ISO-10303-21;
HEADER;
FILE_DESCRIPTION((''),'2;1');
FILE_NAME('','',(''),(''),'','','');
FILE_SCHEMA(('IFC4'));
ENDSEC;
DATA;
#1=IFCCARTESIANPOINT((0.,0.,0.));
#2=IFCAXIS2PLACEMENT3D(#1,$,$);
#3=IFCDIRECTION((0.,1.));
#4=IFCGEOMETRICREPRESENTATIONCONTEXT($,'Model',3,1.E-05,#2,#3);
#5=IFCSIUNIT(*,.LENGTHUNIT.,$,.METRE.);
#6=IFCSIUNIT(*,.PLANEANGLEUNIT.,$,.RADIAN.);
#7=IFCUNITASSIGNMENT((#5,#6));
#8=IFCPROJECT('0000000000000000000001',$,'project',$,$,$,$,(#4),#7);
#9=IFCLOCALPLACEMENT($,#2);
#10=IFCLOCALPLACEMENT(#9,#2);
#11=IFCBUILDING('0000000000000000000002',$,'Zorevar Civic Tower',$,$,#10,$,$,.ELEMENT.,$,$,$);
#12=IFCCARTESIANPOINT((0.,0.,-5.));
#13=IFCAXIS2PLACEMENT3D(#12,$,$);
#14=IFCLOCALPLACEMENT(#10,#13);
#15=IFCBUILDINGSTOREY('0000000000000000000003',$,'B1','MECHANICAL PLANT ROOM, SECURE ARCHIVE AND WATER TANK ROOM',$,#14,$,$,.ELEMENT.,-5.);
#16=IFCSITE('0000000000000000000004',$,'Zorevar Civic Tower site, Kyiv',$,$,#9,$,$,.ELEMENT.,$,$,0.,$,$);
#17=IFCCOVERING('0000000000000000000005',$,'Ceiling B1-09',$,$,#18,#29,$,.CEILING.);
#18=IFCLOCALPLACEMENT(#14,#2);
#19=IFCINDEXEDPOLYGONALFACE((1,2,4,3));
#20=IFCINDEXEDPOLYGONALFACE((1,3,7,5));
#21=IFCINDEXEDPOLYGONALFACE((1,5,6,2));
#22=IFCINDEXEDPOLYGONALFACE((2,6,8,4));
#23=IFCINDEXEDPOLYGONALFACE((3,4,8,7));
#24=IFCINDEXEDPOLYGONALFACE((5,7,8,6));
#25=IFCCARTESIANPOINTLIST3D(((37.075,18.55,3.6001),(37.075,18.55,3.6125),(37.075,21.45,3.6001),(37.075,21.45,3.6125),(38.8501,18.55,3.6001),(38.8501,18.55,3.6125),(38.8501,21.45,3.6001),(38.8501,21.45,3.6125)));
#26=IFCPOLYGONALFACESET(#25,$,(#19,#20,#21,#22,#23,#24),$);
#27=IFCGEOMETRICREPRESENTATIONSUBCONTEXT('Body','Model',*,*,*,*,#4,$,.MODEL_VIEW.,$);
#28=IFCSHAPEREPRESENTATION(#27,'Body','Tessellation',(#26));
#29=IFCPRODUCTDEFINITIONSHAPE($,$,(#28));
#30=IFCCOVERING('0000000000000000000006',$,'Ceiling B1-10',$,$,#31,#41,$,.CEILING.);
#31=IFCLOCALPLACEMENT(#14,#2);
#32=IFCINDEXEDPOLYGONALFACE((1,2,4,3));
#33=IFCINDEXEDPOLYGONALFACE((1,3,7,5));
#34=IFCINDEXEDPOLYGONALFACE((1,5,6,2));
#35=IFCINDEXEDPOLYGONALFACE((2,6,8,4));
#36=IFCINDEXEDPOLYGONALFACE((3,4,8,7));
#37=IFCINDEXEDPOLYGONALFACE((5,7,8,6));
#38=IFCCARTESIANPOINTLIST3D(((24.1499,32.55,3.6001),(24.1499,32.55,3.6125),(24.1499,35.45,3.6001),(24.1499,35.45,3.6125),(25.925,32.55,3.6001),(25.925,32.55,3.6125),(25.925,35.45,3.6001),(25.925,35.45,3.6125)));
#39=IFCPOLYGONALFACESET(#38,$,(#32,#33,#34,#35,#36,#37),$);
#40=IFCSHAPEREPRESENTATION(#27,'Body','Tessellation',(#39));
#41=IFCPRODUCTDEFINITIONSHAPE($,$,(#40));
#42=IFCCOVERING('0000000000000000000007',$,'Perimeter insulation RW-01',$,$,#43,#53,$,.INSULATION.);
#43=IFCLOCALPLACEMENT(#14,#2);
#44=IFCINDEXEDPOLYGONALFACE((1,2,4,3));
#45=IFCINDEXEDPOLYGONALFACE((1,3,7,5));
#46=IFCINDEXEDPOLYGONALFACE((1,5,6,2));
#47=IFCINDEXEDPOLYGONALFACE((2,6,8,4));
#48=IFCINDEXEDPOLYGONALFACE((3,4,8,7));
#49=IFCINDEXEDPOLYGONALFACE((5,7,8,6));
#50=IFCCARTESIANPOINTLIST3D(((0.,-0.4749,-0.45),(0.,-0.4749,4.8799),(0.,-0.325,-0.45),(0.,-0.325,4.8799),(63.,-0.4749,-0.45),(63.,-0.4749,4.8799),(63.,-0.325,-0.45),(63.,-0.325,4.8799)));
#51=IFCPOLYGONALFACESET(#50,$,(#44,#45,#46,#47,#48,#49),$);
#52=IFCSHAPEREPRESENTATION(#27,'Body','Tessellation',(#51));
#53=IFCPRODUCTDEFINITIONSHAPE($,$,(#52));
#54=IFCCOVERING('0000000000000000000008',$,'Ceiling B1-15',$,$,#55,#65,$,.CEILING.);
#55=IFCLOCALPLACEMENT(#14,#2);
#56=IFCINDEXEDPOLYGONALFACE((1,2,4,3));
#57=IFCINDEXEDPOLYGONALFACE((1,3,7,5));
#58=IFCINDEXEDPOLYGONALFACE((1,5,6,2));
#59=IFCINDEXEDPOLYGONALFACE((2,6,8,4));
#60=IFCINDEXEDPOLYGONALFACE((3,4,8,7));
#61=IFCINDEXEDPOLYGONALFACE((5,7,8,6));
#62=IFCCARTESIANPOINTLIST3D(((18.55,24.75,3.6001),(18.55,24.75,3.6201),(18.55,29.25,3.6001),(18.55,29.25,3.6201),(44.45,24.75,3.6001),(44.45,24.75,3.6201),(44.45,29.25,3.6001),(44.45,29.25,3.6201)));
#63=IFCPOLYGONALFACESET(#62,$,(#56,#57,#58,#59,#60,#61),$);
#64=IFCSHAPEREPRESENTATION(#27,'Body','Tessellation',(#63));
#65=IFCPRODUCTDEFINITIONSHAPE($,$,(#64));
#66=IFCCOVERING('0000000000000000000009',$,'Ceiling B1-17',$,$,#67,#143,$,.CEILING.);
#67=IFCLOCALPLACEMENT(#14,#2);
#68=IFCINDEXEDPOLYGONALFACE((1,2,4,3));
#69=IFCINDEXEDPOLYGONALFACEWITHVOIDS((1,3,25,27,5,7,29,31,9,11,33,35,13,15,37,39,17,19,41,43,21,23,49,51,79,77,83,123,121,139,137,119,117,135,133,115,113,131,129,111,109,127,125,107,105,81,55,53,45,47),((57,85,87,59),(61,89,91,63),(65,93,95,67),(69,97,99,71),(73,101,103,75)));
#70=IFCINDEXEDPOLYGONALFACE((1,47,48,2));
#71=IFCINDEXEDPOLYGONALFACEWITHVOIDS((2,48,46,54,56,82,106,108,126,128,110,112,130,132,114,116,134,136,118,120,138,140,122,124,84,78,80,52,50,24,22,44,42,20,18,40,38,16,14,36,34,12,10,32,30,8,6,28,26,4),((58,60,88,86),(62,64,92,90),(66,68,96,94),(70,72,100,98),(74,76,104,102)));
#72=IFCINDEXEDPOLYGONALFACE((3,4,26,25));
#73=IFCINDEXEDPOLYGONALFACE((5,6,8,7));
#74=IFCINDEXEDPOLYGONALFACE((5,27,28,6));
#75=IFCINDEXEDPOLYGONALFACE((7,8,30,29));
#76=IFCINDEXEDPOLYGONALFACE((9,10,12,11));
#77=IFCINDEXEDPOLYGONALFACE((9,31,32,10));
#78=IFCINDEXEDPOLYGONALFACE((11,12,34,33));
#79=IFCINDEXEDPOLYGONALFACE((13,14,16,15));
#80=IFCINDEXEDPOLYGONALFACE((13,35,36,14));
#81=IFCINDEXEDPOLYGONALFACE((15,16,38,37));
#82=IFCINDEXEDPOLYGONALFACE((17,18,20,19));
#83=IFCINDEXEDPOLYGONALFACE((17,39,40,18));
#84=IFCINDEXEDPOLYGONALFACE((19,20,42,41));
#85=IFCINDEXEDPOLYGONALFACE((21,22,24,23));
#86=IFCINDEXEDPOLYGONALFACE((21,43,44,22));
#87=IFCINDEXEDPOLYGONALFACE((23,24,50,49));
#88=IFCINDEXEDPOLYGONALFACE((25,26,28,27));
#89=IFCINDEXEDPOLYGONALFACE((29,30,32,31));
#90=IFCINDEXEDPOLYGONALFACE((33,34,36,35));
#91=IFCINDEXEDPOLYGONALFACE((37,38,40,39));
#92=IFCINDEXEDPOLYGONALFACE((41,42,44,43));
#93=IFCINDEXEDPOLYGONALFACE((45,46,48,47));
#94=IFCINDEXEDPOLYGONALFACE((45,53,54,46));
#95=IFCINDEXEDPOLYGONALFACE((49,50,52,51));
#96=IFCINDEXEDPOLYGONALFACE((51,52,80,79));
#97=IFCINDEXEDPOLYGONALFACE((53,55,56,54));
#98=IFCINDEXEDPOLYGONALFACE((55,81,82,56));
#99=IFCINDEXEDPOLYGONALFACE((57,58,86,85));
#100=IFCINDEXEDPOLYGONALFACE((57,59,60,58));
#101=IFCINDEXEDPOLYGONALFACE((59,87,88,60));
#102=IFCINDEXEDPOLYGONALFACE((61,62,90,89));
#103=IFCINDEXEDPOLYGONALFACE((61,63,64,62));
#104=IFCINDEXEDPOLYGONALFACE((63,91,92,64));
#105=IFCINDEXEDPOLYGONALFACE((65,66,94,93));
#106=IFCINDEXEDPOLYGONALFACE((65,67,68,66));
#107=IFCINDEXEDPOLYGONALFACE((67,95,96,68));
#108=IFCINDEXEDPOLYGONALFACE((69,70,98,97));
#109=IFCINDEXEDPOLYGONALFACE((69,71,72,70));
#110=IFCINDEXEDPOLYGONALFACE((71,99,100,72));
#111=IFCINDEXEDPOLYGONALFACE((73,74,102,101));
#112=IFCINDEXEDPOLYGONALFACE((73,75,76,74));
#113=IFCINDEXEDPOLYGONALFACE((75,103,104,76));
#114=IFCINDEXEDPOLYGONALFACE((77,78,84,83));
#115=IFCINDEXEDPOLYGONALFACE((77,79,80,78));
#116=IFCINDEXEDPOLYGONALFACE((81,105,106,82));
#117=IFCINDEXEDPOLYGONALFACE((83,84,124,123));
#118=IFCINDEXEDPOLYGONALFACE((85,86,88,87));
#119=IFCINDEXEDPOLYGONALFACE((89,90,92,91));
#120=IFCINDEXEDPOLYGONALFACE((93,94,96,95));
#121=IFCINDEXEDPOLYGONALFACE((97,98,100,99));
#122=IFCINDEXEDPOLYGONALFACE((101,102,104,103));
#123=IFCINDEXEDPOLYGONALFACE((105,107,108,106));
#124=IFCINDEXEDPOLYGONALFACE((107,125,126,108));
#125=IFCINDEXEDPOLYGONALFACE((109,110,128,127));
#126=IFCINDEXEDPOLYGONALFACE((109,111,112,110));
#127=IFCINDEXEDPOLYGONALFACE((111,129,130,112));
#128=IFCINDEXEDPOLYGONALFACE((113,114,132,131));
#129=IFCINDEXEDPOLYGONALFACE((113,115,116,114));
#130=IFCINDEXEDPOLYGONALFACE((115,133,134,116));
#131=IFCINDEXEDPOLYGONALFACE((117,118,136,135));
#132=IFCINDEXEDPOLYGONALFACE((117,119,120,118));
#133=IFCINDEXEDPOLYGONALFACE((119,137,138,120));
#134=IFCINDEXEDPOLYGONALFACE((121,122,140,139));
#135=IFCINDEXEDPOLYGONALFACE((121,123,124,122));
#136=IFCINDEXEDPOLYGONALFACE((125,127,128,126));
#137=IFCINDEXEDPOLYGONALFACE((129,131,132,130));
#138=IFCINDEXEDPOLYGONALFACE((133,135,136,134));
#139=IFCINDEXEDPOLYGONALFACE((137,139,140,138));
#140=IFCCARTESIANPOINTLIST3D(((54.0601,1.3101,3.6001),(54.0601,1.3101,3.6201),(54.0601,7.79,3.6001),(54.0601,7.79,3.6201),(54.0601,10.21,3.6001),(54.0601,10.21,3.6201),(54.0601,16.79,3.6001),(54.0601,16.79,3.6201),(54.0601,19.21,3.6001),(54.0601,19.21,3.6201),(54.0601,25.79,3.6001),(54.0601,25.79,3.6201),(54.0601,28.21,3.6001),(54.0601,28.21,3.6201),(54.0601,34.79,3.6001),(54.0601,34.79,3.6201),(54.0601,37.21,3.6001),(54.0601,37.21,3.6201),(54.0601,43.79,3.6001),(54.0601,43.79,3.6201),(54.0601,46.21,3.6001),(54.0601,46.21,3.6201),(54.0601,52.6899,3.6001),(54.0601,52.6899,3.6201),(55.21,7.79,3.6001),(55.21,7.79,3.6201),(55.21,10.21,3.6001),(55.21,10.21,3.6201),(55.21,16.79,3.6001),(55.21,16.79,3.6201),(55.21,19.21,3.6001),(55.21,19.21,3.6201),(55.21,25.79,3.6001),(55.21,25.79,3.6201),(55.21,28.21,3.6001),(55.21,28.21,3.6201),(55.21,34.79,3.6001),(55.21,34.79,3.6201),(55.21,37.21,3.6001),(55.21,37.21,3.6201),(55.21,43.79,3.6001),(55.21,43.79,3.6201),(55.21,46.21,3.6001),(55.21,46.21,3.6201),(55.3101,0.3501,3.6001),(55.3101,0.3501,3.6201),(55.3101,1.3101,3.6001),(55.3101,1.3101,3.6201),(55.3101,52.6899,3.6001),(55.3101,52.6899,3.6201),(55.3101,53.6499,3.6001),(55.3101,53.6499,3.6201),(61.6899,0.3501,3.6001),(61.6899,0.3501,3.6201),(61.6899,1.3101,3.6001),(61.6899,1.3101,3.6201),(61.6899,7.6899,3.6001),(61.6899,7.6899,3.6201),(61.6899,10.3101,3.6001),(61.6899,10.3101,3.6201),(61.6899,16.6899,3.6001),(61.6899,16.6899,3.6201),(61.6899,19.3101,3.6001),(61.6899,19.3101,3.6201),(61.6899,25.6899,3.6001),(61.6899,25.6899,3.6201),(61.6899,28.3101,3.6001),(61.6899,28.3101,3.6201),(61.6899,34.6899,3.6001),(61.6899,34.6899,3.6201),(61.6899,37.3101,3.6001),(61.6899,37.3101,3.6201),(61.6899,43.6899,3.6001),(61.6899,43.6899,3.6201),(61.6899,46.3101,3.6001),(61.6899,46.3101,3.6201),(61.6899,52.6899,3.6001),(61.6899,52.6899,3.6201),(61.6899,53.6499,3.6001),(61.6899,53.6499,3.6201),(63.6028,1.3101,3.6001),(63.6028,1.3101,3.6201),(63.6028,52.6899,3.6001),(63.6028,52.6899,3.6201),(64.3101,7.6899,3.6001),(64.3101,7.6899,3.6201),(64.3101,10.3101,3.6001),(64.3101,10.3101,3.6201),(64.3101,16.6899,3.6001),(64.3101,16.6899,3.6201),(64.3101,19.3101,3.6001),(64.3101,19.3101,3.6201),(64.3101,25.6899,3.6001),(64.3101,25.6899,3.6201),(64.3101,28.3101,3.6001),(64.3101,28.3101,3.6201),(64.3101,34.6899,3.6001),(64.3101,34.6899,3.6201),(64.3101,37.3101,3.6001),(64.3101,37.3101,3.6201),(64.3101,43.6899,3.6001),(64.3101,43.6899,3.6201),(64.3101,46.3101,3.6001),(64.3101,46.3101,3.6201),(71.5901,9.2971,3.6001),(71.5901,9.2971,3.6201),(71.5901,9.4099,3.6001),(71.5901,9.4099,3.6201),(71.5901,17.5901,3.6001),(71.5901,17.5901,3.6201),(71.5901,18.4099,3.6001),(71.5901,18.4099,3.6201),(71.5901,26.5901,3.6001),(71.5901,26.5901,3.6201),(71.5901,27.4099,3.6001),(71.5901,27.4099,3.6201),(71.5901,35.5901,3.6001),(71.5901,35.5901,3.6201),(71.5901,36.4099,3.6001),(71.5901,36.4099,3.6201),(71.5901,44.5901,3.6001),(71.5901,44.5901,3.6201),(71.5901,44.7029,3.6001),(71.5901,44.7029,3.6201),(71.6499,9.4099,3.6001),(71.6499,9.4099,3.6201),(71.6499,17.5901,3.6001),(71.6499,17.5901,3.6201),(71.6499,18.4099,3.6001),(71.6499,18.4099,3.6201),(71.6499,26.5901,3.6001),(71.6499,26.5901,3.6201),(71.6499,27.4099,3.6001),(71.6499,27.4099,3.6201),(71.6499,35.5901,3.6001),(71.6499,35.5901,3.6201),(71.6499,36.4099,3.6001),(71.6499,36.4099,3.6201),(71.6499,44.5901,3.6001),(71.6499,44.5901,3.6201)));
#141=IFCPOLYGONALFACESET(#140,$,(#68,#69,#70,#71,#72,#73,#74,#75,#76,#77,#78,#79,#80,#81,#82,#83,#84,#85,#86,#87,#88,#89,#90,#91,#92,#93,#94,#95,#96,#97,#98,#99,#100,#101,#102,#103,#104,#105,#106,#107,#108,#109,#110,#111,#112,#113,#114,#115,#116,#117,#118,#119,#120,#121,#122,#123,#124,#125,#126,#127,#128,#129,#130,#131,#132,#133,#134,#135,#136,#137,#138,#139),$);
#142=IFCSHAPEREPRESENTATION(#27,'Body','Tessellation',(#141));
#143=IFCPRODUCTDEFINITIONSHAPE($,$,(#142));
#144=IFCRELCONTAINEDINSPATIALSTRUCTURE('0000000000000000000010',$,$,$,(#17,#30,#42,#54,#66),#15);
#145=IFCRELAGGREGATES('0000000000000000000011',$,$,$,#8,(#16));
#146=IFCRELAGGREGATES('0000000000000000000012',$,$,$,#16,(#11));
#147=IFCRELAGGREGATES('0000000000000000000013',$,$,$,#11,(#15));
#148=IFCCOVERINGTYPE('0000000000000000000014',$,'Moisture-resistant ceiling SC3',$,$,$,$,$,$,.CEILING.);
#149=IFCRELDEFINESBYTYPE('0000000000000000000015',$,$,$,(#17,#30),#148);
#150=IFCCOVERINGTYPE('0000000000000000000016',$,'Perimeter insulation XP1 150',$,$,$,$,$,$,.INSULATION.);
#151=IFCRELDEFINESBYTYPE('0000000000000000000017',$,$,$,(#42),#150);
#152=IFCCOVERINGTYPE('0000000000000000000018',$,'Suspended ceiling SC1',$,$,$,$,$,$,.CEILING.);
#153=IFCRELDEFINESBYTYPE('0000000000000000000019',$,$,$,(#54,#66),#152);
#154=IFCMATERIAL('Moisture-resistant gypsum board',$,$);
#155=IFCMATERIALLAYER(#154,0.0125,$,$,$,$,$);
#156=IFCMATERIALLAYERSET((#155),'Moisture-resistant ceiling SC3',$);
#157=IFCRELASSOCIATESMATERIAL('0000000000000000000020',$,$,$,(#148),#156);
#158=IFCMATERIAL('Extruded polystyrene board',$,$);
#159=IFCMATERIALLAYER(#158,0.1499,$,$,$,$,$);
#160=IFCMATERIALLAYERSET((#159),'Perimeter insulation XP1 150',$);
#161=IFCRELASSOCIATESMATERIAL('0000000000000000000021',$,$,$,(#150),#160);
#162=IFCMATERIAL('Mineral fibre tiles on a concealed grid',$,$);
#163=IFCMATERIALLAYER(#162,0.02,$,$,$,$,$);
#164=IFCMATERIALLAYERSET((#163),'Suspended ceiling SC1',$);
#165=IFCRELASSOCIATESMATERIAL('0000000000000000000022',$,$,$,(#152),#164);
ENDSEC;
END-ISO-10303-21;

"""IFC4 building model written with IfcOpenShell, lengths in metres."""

from ifc_helpers import new_model, si_unit, direction, frame, frame_2d, origin, place, context, subcontext, project, spatial, polyline, rectangle, outline, extrude, material, layer, layer_set, type_object, element, save


model = new_model("IFC4")

# Units and contexts
model_context = context("Model", 3, precision=1e-05, world=origin(), true_north=direction((0.0, 1.0)))
body_context = subcontext(model_context, "Body", "Model", "MODEL_VIEW")
ifc_project = project(units=[si_unit("LENGTHUNIT", "METRE"), si_unit("PLANEANGLEUNIT", "RADIAN")], contexts=[model_context])

# Site, building, storey
site_placement = place(None, origin())
site = spatial("IfcSite", under=ifc_project, at=site_placement, Name="Zorevar Civic Tower site, Kyiv", CompositionType="ELEMENT", RefElevation=0.0)
building_placement = place(site_placement, origin())
building = spatial("IfcBuilding", under=site, at=building_placement, Name="Zorevar Civic Tower", CompositionType="ELEMENT")
storey_placement = place(building_placement, frame((0.0, 0.0, -5.0)))
storey = spatial("IfcBuildingStorey", under=building, at=storey_placement, Name="B1", Description="MECHANICAL PLANT ROOM, SECURE ARCHIVE AND WATER TANK ROOM", CompositionType="ELEMENT", Elevation=-5.0)

# Coverings
ifc_material_1 = material(Name="Moisture-resistant gypsum board")
ifc_layer_1 = layer(ifc_material_1, 0.0125)
ifc_layer_set_1 = layer_set([ifc_layer_1], Name="Moisture-resistant ceiling SC3")
covering_type_1 = type_object("IfcCoveringType", Name="Moisture-resistant ceiling SC3", PredefinedType="CEILING", material=ifc_layer_set_1)
covering_1_placement = place(storey_placement, frame((0.0, 0.0, 3.6001)))
element("IfcCovering", 1, at=covering_1_placement, inside=storey, type_object=covering_type_1, Name="Ceiling B1-09", PredefinedType="CEILING", context=body_context, shape_type="SweptSolid", body=[
    extrude(outline(polyline([(38.8501, 18.55), (38.8501, 21.45), (37.075, 21.45), (37.075, 18.55), (38.8501, 18.55)])), origin(), (0.0, 0.0, 1.0), 0.0125),
])
covering_2_placement = place(storey_placement, frame((0.0, 0.0, 3.6001)))
element("IfcCovering", 2, at=covering_2_placement, inside=storey, type_object=covering_type_1, Name="Ceiling B1-10", PredefinedType="CEILING", context=body_context, shape_type="SweptSolid", body=[
    extrude(outline(polyline([(25.925, 32.55), (25.925, 35.45), (24.1499, 35.45), (24.1499, 32.55), (25.925, 32.55)])), origin(), (0.0, 0.0, 1.0), 0.0125),
])
ifc_material_2 = material(Name="Extruded polystyrene board")
ifc_layer_2 = layer(ifc_material_2, 0.1499)
ifc_layer_set_2 = layer_set([ifc_layer_2], Name="Perimeter insulation XP1 150")
covering_type_2 = type_object("IfcCoveringType", Name="Perimeter insulation XP1 150", PredefinedType="INSULATION", material=ifc_layer_set_2)
covering_3_placement = place(storey_placement, frame((0.0, -0.3999, -0.45), z_axis=(0.0, 0.0, 1.0), x_axis=(1.0, 0.0, 0.0)))
element("IfcCovering", 3, at=covering_3_placement, inside=storey, type_object=covering_type_2, Name="Perimeter insulation RW-01", PredefinedType="INSULATION", context=body_context, shape_type="SweptSolid", body=[
    extrude(rectangle(XDim=63.0, YDim=0.1499, at=frame_2d((31.5, 0.0))), origin(), (0.0, 0.0, 1.0), 5.3298),
])
ifc_material_3 = material(Name="Mineral fibre tiles on a concealed grid")
ifc_layer_3 = layer(ifc_material_3, 0.02)
ifc_layer_set_3 = layer_set([ifc_layer_3], Name="Suspended ceiling SC1")
covering_type_3 = type_object("IfcCoveringType", Name="Suspended ceiling SC1", PredefinedType="CEILING", material=ifc_layer_set_3)
covering_4_placement = place(storey_placement, frame((0.0, 0.0, 3.6001)))
element("IfcCovering", 4, at=covering_4_placement, inside=storey, type_object=covering_type_3, Name="Ceiling B1-15", PredefinedType="CEILING", context=body_context, shape_type="SweptSolid", body=[
    extrude(outline(polyline([(44.45, 24.75), (44.45, 29.25), (18.55, 29.25), (18.55, 24.75), (44.45, 24.75)])), origin(), (0.0, 0.0, 1.0), 0.02),
])
covering_5_placement = place(storey_placement, frame((0.0, 0.0, 3.6001)))
element("IfcCovering", 5, at=covering_5_placement, inside=storey, type_object=covering_type_3, Name="Ceiling B1-17", PredefinedType="CEILING", context=body_context, shape_type="SweptSolid", body=[
    extrude(outline(polyline([(54.0601, 16.79), (55.21, 16.79), (55.21, 19.21), (54.0601, 19.21), (54.0601, 25.79), (55.21, 25.79), (55.21, 28.21), (54.0601, 28.21), (54.0601, 34.79), (55.21, 34.79), (55.21, 37.21), (54.0601, 37.21), (54.0601, 43.79), (55.21, 43.79), (55.21, 46.21), (54.0601, 46.21), (54.0601, 52.6899), (55.3101, 52.6899), (55.3101, 53.6499), (61.6899, 53.6499), (61.6899, 52.6899), (63.6028, 52.6899), (71.5901, 44.7029), (71.5901, 44.5901), (71.6499, 44.5901), (71.6499, 36.4099), (71.5901, 36.4099), (71.5901, 35.5901), (71.6499, 35.5901), (71.6499, 27.4099), (71.5901, 27.4099), (71.5901, 26.5901), (71.6499, 26.5901), (71.6499, 18.4099), (71.5901, 18.4099), (71.5901, 17.5901), (71.6499, 17.5901), (71.6499, 9.4099), (71.5901, 9.4099), (71.5901, 9.2971), (63.6028, 1.3101), (61.6899, 1.3101), (61.6899, 0.3501), (55.3101, 0.3501), (55.3101, 1.3101), (54.0601, 1.3101), (54.0601, 7.79), (55.21, 7.79), (55.21, 10.21), (54.0601, 10.21), (54.0601, 16.79)]), holes=[polyline([(64.3101, 10.3101), (61.6899, 10.3101), (61.6899, 7.6899), (64.3101, 7.6899), (64.3101, 10.3101)]), polyline([(64.3101, 16.6899), (64.3101, 19.3101), (61.6899, 19.3101), (61.6899, 16.6899), (64.3101, 16.6899)]), polyline([(61.6899, 25.6899), (64.3101, 25.6899), (64.3101, 28.3101), (61.6899, 28.3101), (61.6899, 25.6899)]), polyline([(61.6899, 37.3101), (61.6899, 34.6899), (64.3101, 34.6899), (64.3101, 37.3101), (61.6899, 37.3101)]), polyline([(64.3101, 46.3101), (61.6899, 46.3101), (61.6899, 43.6899), (64.3101, 43.6899), (64.3101, 46.3101)])]), origin(), (0.0, 0.0, 1.0), 0.02),
])

save(model, "model.ifc")
